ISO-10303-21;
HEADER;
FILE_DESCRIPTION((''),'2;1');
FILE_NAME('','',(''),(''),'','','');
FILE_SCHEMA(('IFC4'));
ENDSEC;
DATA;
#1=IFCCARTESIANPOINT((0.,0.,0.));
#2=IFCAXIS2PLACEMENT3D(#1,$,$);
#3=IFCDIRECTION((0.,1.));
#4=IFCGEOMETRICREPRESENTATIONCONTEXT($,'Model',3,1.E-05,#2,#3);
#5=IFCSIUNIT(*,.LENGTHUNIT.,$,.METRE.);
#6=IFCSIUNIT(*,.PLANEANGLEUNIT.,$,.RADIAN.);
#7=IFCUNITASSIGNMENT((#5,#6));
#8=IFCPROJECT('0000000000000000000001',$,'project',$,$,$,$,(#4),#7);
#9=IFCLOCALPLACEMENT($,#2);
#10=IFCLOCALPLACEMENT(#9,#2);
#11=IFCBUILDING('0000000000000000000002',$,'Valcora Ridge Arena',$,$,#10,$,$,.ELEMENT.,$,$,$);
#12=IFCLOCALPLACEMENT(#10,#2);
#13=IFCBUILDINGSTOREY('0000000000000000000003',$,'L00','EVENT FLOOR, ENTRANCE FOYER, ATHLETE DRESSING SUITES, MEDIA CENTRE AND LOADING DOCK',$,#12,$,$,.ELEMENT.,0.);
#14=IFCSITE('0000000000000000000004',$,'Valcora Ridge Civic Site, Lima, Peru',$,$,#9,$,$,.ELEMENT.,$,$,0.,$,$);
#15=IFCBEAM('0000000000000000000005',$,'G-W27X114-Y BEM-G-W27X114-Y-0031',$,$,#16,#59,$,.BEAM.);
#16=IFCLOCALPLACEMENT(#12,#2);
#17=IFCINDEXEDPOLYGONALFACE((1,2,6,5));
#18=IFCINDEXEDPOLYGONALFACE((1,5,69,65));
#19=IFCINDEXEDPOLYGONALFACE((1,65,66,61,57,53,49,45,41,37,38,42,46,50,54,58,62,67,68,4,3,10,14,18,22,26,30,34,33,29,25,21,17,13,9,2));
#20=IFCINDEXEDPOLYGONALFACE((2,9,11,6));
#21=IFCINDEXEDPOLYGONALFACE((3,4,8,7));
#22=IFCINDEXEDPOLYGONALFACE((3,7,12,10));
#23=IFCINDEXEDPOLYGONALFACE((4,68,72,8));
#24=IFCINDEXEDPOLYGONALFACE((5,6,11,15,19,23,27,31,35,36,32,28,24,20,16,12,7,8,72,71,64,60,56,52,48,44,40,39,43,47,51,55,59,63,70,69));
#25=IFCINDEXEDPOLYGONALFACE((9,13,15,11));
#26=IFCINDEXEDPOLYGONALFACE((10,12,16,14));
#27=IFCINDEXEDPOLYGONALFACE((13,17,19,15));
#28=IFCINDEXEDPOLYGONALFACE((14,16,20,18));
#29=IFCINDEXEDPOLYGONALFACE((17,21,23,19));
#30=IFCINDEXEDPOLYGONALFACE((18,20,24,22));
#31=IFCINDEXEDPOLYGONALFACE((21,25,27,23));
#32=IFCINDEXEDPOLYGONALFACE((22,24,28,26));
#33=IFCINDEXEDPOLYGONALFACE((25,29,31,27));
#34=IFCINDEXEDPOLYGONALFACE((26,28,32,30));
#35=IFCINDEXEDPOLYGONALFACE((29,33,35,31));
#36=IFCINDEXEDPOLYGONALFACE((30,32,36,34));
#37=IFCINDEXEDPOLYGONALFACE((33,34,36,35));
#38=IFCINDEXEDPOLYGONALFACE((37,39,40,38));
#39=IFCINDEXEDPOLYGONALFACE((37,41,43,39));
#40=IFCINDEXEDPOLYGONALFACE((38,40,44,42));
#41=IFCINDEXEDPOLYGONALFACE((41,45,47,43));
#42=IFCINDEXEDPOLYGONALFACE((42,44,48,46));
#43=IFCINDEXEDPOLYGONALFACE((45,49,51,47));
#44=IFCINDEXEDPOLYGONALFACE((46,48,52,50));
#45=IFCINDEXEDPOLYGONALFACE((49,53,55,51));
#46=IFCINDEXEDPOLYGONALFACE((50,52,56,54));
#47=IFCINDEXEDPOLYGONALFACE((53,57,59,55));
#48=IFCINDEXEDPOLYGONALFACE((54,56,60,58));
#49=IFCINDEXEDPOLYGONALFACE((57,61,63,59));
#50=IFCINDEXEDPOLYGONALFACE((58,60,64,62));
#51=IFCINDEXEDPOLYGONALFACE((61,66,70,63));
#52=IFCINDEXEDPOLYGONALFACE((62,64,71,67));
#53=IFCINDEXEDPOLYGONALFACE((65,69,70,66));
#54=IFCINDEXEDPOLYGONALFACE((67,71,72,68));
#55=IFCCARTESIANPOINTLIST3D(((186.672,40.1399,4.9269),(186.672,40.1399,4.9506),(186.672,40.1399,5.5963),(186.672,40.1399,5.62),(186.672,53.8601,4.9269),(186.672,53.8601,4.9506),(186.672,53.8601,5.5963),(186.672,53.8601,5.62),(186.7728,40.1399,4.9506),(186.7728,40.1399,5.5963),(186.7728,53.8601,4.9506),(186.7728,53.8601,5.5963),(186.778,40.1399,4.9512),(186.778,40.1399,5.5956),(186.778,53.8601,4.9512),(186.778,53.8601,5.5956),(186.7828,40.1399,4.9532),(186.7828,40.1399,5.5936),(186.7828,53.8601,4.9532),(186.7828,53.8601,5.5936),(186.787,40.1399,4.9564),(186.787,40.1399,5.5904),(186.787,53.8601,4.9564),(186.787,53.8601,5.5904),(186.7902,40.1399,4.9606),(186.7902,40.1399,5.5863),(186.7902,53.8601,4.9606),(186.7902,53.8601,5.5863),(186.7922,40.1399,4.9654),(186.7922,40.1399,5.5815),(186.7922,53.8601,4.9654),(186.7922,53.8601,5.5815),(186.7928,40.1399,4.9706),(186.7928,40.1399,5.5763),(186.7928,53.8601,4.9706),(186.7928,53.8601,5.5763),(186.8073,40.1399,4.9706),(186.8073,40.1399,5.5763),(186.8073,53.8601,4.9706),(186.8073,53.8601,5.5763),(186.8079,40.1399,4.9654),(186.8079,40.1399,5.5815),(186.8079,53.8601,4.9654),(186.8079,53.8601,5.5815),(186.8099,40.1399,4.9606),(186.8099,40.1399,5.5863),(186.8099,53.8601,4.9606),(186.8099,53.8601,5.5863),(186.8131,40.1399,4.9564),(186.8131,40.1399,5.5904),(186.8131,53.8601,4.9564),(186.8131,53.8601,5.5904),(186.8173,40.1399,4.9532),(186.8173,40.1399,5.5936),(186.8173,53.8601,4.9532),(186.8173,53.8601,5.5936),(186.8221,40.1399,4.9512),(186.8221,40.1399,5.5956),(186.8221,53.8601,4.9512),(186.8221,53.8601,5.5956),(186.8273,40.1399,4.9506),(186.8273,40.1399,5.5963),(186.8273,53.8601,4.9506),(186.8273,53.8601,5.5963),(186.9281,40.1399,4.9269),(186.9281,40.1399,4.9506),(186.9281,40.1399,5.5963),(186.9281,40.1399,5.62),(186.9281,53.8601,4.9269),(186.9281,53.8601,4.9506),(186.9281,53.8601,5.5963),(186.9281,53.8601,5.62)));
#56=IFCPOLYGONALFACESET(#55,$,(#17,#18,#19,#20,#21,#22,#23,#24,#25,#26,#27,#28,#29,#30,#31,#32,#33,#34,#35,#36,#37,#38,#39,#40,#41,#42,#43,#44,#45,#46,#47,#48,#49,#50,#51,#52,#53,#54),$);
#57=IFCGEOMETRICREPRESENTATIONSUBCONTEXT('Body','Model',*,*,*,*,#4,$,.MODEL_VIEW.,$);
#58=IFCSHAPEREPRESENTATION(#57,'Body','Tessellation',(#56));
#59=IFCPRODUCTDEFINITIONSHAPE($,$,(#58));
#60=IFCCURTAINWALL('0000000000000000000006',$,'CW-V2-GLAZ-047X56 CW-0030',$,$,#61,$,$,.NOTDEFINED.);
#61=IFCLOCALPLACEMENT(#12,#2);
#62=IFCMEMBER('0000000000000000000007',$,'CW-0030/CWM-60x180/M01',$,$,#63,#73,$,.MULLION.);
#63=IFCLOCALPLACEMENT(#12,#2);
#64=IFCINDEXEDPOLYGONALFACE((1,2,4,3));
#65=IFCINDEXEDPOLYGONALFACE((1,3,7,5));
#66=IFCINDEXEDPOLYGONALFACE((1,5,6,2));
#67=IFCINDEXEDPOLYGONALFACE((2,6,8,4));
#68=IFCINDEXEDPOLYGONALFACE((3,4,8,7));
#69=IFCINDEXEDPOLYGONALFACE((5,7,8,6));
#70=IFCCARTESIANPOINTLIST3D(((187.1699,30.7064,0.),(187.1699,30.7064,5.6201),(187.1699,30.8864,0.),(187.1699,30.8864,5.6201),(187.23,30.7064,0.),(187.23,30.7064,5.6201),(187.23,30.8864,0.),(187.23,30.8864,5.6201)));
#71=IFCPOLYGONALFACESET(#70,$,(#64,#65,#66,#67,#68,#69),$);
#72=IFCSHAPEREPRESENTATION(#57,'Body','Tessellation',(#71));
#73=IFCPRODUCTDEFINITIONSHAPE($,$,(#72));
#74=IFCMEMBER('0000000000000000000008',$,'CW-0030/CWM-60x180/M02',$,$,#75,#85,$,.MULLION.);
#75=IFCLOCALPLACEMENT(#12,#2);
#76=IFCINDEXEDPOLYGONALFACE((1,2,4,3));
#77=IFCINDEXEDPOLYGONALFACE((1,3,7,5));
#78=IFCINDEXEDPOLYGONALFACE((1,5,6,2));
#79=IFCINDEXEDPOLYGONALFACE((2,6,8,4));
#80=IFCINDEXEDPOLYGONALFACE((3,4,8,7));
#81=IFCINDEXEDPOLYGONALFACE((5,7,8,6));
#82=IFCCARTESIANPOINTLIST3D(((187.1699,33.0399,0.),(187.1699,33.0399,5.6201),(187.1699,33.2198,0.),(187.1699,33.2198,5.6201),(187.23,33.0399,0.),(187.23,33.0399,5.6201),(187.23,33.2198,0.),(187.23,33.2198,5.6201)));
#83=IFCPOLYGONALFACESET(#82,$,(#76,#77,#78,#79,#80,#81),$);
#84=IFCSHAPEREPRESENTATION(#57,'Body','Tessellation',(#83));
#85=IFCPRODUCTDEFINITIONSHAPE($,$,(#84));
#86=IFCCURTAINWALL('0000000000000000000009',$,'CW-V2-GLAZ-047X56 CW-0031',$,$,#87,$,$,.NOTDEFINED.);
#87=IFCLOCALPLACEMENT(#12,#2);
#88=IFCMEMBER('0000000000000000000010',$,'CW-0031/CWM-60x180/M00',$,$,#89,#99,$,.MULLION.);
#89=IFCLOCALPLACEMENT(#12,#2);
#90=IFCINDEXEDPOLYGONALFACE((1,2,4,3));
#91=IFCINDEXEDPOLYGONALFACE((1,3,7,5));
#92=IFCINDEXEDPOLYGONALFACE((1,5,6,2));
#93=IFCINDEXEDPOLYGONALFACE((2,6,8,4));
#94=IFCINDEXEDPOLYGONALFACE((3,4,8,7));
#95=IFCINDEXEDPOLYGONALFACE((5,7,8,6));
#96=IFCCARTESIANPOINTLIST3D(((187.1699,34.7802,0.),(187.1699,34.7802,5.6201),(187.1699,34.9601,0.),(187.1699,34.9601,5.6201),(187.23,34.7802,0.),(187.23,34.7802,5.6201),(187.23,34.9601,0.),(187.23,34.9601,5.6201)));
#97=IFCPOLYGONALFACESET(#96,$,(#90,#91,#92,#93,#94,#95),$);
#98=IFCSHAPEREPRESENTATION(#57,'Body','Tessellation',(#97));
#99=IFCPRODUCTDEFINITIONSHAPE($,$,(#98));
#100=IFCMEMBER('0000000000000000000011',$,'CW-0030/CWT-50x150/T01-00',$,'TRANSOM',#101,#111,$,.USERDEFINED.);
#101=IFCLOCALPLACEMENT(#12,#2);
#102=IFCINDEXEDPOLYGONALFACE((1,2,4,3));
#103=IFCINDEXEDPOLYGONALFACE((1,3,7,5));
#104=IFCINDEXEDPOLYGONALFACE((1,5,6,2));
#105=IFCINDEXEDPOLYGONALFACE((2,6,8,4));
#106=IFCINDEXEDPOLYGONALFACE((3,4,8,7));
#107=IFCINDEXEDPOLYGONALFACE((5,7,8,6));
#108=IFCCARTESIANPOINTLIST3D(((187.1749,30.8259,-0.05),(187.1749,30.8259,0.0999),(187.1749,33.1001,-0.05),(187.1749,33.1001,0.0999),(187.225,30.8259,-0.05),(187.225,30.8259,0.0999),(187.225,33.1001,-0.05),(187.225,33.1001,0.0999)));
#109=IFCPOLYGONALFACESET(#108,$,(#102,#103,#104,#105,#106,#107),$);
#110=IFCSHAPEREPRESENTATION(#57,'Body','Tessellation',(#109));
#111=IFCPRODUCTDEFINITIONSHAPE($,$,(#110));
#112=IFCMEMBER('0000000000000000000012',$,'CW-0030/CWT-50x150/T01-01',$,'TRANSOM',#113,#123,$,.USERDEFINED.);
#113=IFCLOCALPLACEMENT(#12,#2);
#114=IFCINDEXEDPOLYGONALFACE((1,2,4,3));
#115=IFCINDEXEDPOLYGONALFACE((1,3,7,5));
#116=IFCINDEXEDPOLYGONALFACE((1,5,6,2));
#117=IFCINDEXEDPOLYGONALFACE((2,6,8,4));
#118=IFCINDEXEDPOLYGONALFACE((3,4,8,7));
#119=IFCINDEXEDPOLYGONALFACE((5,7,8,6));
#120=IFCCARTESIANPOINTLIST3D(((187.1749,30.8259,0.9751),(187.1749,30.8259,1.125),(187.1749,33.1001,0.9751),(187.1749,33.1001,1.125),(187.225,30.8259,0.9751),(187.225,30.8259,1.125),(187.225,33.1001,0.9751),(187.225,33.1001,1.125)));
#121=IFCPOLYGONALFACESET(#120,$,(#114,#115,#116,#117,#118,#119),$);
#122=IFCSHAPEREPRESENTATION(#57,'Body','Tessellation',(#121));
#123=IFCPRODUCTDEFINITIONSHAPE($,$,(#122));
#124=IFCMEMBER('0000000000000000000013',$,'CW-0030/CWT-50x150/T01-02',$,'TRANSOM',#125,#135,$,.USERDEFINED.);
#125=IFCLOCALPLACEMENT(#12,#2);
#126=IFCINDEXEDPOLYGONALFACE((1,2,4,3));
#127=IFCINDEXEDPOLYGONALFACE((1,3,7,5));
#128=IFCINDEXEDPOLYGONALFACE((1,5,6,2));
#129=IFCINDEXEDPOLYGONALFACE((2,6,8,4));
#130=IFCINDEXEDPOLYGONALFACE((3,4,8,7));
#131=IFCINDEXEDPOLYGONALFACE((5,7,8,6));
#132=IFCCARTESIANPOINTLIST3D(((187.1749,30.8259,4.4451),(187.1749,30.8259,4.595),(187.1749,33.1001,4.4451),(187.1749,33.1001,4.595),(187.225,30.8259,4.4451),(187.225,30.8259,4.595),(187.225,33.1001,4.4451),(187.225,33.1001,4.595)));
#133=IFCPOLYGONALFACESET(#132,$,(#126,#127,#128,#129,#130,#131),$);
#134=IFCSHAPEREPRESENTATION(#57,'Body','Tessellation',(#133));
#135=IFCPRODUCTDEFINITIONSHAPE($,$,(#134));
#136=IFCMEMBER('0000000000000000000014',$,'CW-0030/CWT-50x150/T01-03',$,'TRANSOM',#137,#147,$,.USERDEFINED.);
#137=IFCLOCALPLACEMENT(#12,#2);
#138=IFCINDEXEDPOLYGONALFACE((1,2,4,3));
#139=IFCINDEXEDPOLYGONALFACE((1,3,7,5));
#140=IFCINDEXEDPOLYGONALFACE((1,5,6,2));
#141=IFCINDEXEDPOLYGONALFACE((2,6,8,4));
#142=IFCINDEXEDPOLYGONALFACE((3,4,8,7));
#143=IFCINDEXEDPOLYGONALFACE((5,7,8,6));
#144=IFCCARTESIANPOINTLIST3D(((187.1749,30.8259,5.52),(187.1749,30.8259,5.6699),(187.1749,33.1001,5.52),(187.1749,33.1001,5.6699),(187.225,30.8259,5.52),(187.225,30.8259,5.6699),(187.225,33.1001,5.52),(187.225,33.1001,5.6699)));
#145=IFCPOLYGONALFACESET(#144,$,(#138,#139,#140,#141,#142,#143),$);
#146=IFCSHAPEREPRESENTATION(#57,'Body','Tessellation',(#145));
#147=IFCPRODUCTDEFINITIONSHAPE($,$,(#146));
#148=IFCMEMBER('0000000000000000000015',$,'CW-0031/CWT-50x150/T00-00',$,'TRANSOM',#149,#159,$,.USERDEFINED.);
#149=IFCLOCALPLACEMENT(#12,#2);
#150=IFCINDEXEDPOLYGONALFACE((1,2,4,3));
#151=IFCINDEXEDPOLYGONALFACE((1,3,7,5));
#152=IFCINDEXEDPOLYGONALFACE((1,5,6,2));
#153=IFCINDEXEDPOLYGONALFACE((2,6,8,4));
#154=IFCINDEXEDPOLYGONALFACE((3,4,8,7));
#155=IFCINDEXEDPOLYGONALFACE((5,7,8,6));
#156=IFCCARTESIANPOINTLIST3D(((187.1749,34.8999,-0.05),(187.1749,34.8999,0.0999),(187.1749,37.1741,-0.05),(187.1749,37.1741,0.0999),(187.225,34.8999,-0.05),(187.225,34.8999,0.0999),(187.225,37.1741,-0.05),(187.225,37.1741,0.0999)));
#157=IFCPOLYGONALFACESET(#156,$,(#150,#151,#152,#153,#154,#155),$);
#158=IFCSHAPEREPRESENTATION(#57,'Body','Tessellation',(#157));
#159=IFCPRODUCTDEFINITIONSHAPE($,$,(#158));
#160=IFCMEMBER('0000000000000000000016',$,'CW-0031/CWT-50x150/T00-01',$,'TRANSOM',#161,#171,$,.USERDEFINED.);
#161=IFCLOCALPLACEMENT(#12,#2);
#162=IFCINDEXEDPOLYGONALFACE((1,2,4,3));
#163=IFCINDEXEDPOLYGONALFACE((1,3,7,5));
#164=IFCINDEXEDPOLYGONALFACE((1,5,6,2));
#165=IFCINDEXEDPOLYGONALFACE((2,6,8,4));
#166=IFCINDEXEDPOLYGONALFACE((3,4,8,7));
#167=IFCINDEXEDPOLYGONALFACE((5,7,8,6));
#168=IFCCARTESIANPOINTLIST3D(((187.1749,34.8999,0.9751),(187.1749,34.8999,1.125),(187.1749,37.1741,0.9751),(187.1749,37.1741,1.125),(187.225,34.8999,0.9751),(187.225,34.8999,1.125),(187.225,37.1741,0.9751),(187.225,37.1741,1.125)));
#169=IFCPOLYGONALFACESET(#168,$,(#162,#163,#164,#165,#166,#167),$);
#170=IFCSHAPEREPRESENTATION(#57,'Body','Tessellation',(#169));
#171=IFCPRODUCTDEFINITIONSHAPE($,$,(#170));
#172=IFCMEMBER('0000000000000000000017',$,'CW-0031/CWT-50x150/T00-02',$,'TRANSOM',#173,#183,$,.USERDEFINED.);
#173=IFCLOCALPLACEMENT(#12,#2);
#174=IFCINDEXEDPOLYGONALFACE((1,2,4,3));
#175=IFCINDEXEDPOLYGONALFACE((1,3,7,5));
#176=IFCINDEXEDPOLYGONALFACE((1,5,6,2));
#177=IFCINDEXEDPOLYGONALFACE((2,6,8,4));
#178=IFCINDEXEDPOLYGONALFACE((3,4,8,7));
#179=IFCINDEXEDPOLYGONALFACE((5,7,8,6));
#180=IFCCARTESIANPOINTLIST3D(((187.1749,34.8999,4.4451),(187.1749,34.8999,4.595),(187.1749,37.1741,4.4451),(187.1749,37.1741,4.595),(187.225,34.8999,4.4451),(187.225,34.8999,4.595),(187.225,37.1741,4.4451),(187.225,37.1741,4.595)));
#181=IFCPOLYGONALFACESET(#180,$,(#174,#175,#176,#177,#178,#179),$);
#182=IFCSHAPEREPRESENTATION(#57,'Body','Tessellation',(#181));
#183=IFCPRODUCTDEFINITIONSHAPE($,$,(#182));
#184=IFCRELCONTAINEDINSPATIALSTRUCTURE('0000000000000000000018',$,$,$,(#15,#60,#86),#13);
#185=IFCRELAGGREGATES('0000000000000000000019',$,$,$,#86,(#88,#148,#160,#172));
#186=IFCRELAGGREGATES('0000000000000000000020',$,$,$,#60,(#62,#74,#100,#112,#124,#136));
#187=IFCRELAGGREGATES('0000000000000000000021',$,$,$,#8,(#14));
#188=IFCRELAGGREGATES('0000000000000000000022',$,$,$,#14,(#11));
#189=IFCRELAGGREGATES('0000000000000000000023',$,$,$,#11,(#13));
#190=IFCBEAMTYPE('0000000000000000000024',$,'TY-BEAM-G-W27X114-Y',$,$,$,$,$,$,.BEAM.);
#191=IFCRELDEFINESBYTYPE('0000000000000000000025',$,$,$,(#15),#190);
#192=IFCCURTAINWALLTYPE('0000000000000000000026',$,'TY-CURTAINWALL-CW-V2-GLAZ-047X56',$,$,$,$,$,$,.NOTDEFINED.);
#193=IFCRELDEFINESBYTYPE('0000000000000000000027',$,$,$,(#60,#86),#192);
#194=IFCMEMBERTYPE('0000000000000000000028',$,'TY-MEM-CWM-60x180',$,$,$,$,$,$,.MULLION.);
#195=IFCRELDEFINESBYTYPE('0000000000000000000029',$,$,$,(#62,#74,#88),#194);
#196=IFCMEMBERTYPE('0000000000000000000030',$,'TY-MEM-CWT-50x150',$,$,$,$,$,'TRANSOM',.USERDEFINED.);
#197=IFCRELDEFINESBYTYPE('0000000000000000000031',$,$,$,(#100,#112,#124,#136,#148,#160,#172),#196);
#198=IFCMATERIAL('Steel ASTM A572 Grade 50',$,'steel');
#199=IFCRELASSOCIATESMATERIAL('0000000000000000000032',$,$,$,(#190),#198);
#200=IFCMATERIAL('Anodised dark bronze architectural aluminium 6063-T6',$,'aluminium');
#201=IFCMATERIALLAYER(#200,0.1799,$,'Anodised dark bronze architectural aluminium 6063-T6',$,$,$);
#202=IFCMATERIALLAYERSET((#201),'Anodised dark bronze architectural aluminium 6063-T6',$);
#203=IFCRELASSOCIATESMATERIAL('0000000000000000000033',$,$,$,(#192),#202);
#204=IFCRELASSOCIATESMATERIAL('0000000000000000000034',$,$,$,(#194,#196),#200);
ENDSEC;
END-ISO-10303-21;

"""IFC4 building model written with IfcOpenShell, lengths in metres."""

from ifc_helpers import new_model, si_unit, direction, frame, origin, origin_2d, place, context, subcontext, project, spatial, rectangle, i_section, extrude, material, layer, layer_set, material_profile, profile_set, type_object, element, aggregate, save


model = new_model("IFC4")

# Units and contexts
model_context = context("Model", 3, precision=1e-05, world=origin(), true_north=direction((0.0, 1.0)))
body_context = subcontext(model_context, "Body", "Model", "MODEL_VIEW")
ifc_project = project(units=[si_unit("LENGTHUNIT", "METRE"), si_unit("PLANEANGLEUNIT", "RADIAN")], contexts=[model_context])

# Site, building, storey
site_placement = place(None, origin())
site = spatial("IfcSite", under=ifc_project, at=site_placement, Name="Valcora Ridge Civic Site, Lima, Peru", CompositionType="ELEMENT", RefElevation=0.0)
building_placement = place(site_placement, origin())
building = spatial("IfcBuilding", under=site, at=building_placement, Name="Valcora Ridge Arena", CompositionType="ELEMENT")
storey_placement = place(building_placement, origin())
storey = spatial("IfcBuildingStorey", under=building, at=storey_placement, Name="L00", Description="EVENT FLOOR, ENTRANCE FOYER, ATHLETE DRESSING SUITES, MEDIA CENTRE AND LOADING DOCK", CompositionType="ELEMENT", Elevation=0.0)

# Shared definitions
ifc_material_1 = material(Name="Steel ASTM A572 Grade 50", Category="steel")

# Beam
ifc_material_profile_1 = material_profile(ifc_material_1, i_section(OverallWidth=0.2561, OverallDepth=0.6931, WebThickness=0.0144, FlangeThickness=0.0237, FilletRadius=0.02, at=origin_2d()), Name="W27X114")
ifc_profile_set_1 = profile_set([ifc_material_profile_1], Name="Steel ASTM A572 Grade 50")
beam_type = type_object("IfcBeamType", Name="TY-BEAM-G-W27X114-Y", PredefinedType="BEAM", material=ifc_profile_set_1)
beam_placement = place(storey_placement, frame((186.8, 40.1399, 5.2734), z_axis=(0.0, 1.0, 0.0), x_axis=(-1.0, 0.0, 0.0)))
element("IfcBeam", 1, at=beam_placement, inside=storey, type_object=beam_type, Name="G-W27X114-Y BEM-G-W27X114-Y-0031", PredefinedType="BEAM", context=body_context, shape_type="SweptSolid", body=[
    extrude(i_section(OverallWidth=0.2561, OverallDepth=0.6931, WebThickness=0.0144, FlangeThickness=0.0237, FilletRadius=0.02, at=origin_2d()), origin(), (0.0, 0.0, 1.0), 13.7202),
])

# Curtain wall, members
ifc_material_2 = material(Name="Anodised dark bronze architectural aluminium 6063-T6", Category="aluminium")
ifc_layer_1 = layer(ifc_material_2, 0.1799, Name="Anodised dark bronze architectural aluminium 6063-T6")
ifc_layer_set_1 = layer_set([ifc_layer_1], Name="Anodised dark bronze architectural aluminium 6063-T6")
curtain_wall_type = type_object("IfcCurtainWallType", Name="TY-CURTAINWALL-CW-V2-GLAZ-047X56", PredefinedType="NOTDEFINED", material=ifc_layer_set_1)
curtain_wall_1_placement = place(storey_placement, origin())
curtain_wall_1 = element("IfcCurtainWall", 2, at=curtain_wall_1_placement, inside=storey, type_object=curtain_wall_type, Name="CW-V2-GLAZ-047X56 CW-0030", PredefinedType="NOTDEFINED")
ifc_material_profile_2 = material_profile(ifc_material_2, rectangle(XDim=0.0601, YDim=0.1799, at=origin_2d()), Name="ALU MULLION 60x180")
ifc_profile_set_2 = profile_set([ifc_material_profile_2], Name="Anodised dark bronze architectural aluminium 6063-T6")
member_type_1 = type_object("IfcMemberType", Name="TY-MEM-CWM-60x180", PredefinedType="MULLION", material=ifc_profile_set_2)
member_1_placement = place(storey_placement, frame((187.2, 30.7964, 0.0), z_axis=(0.0, 0.0, 1.0), x_axis=(-1.0, 0.0, 0.0)))
member_1 = element("IfcMember", 3, at=member_1_placement, type_object=member_type_1, Name="CW-0030/CWM-60x180/M01", PredefinedType="MULLION", context=body_context, shape_type="SweptSolid", body=[
    extrude(rectangle(XDim=0.0601, YDim=0.1799, at=origin_2d()), origin(), (0.0, 0.0, 1.0), 5.6201),
])
member_2_placement = place(storey_placement, frame((187.2, 33.1299, 0.0), z_axis=(0.0, 0.0, 1.0), x_axis=(-1.0, 0.0, 0.0)))
member_2 = element("IfcMember", 4, at=member_2_placement, type_object=member_type_1, Name="CW-0030/CWM-60x180/M02", PredefinedType="MULLION", context=body_context, shape_type="SweptSolid", body=[
    extrude(rectangle(XDim=0.0601, YDim=0.1799, at=origin_2d()), origin(), (0.0, 0.0, 1.0), 5.6201),
])

# Curtain wall, member
curtain_wall_2_placement = place(storey_placement, origin())
curtain_wall_2 = element("IfcCurtainWall", 5, at=curtain_wall_2_placement, inside=storey, type_object=curtain_wall_type, Name="CW-V2-GLAZ-047X56 CW-0031", PredefinedType="NOTDEFINED")
member_3_placement = place(storey_placement, frame((187.2, 34.8701, 0.0), z_axis=(0.0, 0.0, 1.0), x_axis=(-1.0, 0.0, 0.0)))
member_3 = element("IfcMember", 6, at=member_3_placement, type_object=member_type_1, Name="CW-0031/CWM-60x180/M00", PredefinedType="MULLION", context=body_context, shape_type="SweptSolid", body=[
    extrude(rectangle(XDim=0.0601, YDim=0.1799, at=origin_2d()), origin(), (0.0, 0.0, 1.0), 5.6201),
])

# Members
ifc_material_profile_3 = material_profile(ifc_material_2, rectangle(XDim=0.05, YDim=0.1499, at=origin_2d()), Name="ALU TRANSOM 50x150")
ifc_profile_set_3 = profile_set([ifc_material_profile_3], Name="Anodised dark bronze architectural aluminium 6063-T6")
member_type_2 = type_object("IfcMemberType", Name="TY-MEM-CWT-50x150", ElementType="TRANSOM", PredefinedType="USERDEFINED", material=ifc_profile_set_3)
member_4_placement = place(storey_placement, frame((187.2, 30.8259, 0.0249), z_axis=(0.0, 1.0, 0.0), x_axis=(-1.0, 0.0, 0.0)))
member_4 = element("IfcMember", 7, at=member_4_placement, type_object=member_type_2, Name="CW-0030/CWT-50x150/T01-00", ObjectType="TRANSOM", PredefinedType="USERDEFINED", context=body_context, shape_type="SweptSolid", body=[
    extrude(rectangle(XDim=0.05, YDim=0.1499, at=origin_2d()), origin(), (0.0, 0.0, 1.0), 2.2742),
])
member_5_placement = place(storey_placement, frame((187.2, 30.8259, 1.05), z_axis=(0.0, 1.0, 0.0), x_axis=(-1.0, 0.0, 0.0)))
member_5 = element("IfcMember", 8, at=member_5_placement, type_object=member_type_2, Name="CW-0030/CWT-50x150/T01-01", ObjectType="TRANSOM", PredefinedType="USERDEFINED", context=body_context, shape_type="SweptSolid", body=[
    extrude(rectangle(XDim=0.05, YDim=0.1499, at=origin_2d()), origin(), (0.0, 0.0, 1.0), 2.2742),
])
member_6_placement = place(storey_placement, frame((187.2, 30.8259, 4.52), z_axis=(0.0, 1.0, 0.0), x_axis=(-1.0, 0.0, 0.0)))
member_6 = element("IfcMember", 9, at=member_6_placement, type_object=member_type_2, Name="CW-0030/CWT-50x150/T01-02", ObjectType="TRANSOM", PredefinedType="USERDEFINED", context=body_context, shape_type="SweptSolid", body=[
    extrude(rectangle(XDim=0.05, YDim=0.1499, at=origin_2d()), origin(), (0.0, 0.0, 1.0), 2.2742),
])
member_7_placement = place(storey_placement, frame((187.2, 30.8259, 5.595), z_axis=(0.0, 1.0, 0.0), x_axis=(-1.0, 0.0, 0.0)))
member_7 = element("IfcMember", 10, at=member_7_placement, type_object=member_type_2, Name="CW-0030/CWT-50x150/T01-03", ObjectType="TRANSOM", PredefinedType="USERDEFINED", context=body_context, shape_type="SweptSolid", body=[
    extrude(rectangle(XDim=0.05, YDim=0.1499, at=origin_2d()), origin(), (0.0, 0.0, 1.0), 2.2742),
])
member_8_placement = place(storey_placement, frame((187.2, 34.8999, 0.0249), z_axis=(0.0, 1.0, 0.0), x_axis=(-1.0, 0.0, 0.0)))
member_8 = element("IfcMember", 11, at=member_8_placement, type_object=member_type_2, Name="CW-0031/CWT-50x150/T00-00", ObjectType="TRANSOM", PredefinedType="USERDEFINED", context=body_context, shape_type="SweptSolid", body=[
    extrude(rectangle(XDim=0.05, YDim=0.1499, at=origin_2d()), origin(), (0.0, 0.0, 1.0), 2.2742),
])
member_9_placement = place(storey_placement, frame((187.2, 34.8999, 1.05), z_axis=(0.0, 1.0, 0.0), x_axis=(-1.0, 0.0, 0.0)))
member_9 = element("IfcMember", 12, at=member_9_placement, type_object=member_type_2, Name="CW-0031/CWT-50x150/T00-01", ObjectType="TRANSOM", PredefinedType="USERDEFINED", context=body_context, shape_type="SweptSolid", body=[
    extrude(rectangle(XDim=0.05, YDim=0.1499, at=origin_2d()), origin(), (0.0, 0.0, 1.0), 2.2742),
])
member_10_placement = place(storey_placement, frame((187.2, 34.8999, 4.52), z_axis=(0.0, 1.0, 0.0), x_axis=(-1.0, 0.0, 0.0)))
member_10 = element("IfcMember", 13, at=member_10_placement, type_object=member_type_2, Name="CW-0031/CWT-50x150/T00-02", ObjectType="TRANSOM", PredefinedType="USERDEFINED", context=body_context, shape_type="SweptSolid", body=[
    extrude(rectangle(XDim=0.05, YDim=0.1499, at=origin_2d()), origin(), (0.0, 0.0, 1.0), 2.2742),
])
aggregate(curtain_wall_2, [member_3, member_8, member_9, member_10])

aggregate(curtain_wall_1, [member_1, member_2, member_4, member_5, member_6, member_7])

save(model, "model.ifc")
